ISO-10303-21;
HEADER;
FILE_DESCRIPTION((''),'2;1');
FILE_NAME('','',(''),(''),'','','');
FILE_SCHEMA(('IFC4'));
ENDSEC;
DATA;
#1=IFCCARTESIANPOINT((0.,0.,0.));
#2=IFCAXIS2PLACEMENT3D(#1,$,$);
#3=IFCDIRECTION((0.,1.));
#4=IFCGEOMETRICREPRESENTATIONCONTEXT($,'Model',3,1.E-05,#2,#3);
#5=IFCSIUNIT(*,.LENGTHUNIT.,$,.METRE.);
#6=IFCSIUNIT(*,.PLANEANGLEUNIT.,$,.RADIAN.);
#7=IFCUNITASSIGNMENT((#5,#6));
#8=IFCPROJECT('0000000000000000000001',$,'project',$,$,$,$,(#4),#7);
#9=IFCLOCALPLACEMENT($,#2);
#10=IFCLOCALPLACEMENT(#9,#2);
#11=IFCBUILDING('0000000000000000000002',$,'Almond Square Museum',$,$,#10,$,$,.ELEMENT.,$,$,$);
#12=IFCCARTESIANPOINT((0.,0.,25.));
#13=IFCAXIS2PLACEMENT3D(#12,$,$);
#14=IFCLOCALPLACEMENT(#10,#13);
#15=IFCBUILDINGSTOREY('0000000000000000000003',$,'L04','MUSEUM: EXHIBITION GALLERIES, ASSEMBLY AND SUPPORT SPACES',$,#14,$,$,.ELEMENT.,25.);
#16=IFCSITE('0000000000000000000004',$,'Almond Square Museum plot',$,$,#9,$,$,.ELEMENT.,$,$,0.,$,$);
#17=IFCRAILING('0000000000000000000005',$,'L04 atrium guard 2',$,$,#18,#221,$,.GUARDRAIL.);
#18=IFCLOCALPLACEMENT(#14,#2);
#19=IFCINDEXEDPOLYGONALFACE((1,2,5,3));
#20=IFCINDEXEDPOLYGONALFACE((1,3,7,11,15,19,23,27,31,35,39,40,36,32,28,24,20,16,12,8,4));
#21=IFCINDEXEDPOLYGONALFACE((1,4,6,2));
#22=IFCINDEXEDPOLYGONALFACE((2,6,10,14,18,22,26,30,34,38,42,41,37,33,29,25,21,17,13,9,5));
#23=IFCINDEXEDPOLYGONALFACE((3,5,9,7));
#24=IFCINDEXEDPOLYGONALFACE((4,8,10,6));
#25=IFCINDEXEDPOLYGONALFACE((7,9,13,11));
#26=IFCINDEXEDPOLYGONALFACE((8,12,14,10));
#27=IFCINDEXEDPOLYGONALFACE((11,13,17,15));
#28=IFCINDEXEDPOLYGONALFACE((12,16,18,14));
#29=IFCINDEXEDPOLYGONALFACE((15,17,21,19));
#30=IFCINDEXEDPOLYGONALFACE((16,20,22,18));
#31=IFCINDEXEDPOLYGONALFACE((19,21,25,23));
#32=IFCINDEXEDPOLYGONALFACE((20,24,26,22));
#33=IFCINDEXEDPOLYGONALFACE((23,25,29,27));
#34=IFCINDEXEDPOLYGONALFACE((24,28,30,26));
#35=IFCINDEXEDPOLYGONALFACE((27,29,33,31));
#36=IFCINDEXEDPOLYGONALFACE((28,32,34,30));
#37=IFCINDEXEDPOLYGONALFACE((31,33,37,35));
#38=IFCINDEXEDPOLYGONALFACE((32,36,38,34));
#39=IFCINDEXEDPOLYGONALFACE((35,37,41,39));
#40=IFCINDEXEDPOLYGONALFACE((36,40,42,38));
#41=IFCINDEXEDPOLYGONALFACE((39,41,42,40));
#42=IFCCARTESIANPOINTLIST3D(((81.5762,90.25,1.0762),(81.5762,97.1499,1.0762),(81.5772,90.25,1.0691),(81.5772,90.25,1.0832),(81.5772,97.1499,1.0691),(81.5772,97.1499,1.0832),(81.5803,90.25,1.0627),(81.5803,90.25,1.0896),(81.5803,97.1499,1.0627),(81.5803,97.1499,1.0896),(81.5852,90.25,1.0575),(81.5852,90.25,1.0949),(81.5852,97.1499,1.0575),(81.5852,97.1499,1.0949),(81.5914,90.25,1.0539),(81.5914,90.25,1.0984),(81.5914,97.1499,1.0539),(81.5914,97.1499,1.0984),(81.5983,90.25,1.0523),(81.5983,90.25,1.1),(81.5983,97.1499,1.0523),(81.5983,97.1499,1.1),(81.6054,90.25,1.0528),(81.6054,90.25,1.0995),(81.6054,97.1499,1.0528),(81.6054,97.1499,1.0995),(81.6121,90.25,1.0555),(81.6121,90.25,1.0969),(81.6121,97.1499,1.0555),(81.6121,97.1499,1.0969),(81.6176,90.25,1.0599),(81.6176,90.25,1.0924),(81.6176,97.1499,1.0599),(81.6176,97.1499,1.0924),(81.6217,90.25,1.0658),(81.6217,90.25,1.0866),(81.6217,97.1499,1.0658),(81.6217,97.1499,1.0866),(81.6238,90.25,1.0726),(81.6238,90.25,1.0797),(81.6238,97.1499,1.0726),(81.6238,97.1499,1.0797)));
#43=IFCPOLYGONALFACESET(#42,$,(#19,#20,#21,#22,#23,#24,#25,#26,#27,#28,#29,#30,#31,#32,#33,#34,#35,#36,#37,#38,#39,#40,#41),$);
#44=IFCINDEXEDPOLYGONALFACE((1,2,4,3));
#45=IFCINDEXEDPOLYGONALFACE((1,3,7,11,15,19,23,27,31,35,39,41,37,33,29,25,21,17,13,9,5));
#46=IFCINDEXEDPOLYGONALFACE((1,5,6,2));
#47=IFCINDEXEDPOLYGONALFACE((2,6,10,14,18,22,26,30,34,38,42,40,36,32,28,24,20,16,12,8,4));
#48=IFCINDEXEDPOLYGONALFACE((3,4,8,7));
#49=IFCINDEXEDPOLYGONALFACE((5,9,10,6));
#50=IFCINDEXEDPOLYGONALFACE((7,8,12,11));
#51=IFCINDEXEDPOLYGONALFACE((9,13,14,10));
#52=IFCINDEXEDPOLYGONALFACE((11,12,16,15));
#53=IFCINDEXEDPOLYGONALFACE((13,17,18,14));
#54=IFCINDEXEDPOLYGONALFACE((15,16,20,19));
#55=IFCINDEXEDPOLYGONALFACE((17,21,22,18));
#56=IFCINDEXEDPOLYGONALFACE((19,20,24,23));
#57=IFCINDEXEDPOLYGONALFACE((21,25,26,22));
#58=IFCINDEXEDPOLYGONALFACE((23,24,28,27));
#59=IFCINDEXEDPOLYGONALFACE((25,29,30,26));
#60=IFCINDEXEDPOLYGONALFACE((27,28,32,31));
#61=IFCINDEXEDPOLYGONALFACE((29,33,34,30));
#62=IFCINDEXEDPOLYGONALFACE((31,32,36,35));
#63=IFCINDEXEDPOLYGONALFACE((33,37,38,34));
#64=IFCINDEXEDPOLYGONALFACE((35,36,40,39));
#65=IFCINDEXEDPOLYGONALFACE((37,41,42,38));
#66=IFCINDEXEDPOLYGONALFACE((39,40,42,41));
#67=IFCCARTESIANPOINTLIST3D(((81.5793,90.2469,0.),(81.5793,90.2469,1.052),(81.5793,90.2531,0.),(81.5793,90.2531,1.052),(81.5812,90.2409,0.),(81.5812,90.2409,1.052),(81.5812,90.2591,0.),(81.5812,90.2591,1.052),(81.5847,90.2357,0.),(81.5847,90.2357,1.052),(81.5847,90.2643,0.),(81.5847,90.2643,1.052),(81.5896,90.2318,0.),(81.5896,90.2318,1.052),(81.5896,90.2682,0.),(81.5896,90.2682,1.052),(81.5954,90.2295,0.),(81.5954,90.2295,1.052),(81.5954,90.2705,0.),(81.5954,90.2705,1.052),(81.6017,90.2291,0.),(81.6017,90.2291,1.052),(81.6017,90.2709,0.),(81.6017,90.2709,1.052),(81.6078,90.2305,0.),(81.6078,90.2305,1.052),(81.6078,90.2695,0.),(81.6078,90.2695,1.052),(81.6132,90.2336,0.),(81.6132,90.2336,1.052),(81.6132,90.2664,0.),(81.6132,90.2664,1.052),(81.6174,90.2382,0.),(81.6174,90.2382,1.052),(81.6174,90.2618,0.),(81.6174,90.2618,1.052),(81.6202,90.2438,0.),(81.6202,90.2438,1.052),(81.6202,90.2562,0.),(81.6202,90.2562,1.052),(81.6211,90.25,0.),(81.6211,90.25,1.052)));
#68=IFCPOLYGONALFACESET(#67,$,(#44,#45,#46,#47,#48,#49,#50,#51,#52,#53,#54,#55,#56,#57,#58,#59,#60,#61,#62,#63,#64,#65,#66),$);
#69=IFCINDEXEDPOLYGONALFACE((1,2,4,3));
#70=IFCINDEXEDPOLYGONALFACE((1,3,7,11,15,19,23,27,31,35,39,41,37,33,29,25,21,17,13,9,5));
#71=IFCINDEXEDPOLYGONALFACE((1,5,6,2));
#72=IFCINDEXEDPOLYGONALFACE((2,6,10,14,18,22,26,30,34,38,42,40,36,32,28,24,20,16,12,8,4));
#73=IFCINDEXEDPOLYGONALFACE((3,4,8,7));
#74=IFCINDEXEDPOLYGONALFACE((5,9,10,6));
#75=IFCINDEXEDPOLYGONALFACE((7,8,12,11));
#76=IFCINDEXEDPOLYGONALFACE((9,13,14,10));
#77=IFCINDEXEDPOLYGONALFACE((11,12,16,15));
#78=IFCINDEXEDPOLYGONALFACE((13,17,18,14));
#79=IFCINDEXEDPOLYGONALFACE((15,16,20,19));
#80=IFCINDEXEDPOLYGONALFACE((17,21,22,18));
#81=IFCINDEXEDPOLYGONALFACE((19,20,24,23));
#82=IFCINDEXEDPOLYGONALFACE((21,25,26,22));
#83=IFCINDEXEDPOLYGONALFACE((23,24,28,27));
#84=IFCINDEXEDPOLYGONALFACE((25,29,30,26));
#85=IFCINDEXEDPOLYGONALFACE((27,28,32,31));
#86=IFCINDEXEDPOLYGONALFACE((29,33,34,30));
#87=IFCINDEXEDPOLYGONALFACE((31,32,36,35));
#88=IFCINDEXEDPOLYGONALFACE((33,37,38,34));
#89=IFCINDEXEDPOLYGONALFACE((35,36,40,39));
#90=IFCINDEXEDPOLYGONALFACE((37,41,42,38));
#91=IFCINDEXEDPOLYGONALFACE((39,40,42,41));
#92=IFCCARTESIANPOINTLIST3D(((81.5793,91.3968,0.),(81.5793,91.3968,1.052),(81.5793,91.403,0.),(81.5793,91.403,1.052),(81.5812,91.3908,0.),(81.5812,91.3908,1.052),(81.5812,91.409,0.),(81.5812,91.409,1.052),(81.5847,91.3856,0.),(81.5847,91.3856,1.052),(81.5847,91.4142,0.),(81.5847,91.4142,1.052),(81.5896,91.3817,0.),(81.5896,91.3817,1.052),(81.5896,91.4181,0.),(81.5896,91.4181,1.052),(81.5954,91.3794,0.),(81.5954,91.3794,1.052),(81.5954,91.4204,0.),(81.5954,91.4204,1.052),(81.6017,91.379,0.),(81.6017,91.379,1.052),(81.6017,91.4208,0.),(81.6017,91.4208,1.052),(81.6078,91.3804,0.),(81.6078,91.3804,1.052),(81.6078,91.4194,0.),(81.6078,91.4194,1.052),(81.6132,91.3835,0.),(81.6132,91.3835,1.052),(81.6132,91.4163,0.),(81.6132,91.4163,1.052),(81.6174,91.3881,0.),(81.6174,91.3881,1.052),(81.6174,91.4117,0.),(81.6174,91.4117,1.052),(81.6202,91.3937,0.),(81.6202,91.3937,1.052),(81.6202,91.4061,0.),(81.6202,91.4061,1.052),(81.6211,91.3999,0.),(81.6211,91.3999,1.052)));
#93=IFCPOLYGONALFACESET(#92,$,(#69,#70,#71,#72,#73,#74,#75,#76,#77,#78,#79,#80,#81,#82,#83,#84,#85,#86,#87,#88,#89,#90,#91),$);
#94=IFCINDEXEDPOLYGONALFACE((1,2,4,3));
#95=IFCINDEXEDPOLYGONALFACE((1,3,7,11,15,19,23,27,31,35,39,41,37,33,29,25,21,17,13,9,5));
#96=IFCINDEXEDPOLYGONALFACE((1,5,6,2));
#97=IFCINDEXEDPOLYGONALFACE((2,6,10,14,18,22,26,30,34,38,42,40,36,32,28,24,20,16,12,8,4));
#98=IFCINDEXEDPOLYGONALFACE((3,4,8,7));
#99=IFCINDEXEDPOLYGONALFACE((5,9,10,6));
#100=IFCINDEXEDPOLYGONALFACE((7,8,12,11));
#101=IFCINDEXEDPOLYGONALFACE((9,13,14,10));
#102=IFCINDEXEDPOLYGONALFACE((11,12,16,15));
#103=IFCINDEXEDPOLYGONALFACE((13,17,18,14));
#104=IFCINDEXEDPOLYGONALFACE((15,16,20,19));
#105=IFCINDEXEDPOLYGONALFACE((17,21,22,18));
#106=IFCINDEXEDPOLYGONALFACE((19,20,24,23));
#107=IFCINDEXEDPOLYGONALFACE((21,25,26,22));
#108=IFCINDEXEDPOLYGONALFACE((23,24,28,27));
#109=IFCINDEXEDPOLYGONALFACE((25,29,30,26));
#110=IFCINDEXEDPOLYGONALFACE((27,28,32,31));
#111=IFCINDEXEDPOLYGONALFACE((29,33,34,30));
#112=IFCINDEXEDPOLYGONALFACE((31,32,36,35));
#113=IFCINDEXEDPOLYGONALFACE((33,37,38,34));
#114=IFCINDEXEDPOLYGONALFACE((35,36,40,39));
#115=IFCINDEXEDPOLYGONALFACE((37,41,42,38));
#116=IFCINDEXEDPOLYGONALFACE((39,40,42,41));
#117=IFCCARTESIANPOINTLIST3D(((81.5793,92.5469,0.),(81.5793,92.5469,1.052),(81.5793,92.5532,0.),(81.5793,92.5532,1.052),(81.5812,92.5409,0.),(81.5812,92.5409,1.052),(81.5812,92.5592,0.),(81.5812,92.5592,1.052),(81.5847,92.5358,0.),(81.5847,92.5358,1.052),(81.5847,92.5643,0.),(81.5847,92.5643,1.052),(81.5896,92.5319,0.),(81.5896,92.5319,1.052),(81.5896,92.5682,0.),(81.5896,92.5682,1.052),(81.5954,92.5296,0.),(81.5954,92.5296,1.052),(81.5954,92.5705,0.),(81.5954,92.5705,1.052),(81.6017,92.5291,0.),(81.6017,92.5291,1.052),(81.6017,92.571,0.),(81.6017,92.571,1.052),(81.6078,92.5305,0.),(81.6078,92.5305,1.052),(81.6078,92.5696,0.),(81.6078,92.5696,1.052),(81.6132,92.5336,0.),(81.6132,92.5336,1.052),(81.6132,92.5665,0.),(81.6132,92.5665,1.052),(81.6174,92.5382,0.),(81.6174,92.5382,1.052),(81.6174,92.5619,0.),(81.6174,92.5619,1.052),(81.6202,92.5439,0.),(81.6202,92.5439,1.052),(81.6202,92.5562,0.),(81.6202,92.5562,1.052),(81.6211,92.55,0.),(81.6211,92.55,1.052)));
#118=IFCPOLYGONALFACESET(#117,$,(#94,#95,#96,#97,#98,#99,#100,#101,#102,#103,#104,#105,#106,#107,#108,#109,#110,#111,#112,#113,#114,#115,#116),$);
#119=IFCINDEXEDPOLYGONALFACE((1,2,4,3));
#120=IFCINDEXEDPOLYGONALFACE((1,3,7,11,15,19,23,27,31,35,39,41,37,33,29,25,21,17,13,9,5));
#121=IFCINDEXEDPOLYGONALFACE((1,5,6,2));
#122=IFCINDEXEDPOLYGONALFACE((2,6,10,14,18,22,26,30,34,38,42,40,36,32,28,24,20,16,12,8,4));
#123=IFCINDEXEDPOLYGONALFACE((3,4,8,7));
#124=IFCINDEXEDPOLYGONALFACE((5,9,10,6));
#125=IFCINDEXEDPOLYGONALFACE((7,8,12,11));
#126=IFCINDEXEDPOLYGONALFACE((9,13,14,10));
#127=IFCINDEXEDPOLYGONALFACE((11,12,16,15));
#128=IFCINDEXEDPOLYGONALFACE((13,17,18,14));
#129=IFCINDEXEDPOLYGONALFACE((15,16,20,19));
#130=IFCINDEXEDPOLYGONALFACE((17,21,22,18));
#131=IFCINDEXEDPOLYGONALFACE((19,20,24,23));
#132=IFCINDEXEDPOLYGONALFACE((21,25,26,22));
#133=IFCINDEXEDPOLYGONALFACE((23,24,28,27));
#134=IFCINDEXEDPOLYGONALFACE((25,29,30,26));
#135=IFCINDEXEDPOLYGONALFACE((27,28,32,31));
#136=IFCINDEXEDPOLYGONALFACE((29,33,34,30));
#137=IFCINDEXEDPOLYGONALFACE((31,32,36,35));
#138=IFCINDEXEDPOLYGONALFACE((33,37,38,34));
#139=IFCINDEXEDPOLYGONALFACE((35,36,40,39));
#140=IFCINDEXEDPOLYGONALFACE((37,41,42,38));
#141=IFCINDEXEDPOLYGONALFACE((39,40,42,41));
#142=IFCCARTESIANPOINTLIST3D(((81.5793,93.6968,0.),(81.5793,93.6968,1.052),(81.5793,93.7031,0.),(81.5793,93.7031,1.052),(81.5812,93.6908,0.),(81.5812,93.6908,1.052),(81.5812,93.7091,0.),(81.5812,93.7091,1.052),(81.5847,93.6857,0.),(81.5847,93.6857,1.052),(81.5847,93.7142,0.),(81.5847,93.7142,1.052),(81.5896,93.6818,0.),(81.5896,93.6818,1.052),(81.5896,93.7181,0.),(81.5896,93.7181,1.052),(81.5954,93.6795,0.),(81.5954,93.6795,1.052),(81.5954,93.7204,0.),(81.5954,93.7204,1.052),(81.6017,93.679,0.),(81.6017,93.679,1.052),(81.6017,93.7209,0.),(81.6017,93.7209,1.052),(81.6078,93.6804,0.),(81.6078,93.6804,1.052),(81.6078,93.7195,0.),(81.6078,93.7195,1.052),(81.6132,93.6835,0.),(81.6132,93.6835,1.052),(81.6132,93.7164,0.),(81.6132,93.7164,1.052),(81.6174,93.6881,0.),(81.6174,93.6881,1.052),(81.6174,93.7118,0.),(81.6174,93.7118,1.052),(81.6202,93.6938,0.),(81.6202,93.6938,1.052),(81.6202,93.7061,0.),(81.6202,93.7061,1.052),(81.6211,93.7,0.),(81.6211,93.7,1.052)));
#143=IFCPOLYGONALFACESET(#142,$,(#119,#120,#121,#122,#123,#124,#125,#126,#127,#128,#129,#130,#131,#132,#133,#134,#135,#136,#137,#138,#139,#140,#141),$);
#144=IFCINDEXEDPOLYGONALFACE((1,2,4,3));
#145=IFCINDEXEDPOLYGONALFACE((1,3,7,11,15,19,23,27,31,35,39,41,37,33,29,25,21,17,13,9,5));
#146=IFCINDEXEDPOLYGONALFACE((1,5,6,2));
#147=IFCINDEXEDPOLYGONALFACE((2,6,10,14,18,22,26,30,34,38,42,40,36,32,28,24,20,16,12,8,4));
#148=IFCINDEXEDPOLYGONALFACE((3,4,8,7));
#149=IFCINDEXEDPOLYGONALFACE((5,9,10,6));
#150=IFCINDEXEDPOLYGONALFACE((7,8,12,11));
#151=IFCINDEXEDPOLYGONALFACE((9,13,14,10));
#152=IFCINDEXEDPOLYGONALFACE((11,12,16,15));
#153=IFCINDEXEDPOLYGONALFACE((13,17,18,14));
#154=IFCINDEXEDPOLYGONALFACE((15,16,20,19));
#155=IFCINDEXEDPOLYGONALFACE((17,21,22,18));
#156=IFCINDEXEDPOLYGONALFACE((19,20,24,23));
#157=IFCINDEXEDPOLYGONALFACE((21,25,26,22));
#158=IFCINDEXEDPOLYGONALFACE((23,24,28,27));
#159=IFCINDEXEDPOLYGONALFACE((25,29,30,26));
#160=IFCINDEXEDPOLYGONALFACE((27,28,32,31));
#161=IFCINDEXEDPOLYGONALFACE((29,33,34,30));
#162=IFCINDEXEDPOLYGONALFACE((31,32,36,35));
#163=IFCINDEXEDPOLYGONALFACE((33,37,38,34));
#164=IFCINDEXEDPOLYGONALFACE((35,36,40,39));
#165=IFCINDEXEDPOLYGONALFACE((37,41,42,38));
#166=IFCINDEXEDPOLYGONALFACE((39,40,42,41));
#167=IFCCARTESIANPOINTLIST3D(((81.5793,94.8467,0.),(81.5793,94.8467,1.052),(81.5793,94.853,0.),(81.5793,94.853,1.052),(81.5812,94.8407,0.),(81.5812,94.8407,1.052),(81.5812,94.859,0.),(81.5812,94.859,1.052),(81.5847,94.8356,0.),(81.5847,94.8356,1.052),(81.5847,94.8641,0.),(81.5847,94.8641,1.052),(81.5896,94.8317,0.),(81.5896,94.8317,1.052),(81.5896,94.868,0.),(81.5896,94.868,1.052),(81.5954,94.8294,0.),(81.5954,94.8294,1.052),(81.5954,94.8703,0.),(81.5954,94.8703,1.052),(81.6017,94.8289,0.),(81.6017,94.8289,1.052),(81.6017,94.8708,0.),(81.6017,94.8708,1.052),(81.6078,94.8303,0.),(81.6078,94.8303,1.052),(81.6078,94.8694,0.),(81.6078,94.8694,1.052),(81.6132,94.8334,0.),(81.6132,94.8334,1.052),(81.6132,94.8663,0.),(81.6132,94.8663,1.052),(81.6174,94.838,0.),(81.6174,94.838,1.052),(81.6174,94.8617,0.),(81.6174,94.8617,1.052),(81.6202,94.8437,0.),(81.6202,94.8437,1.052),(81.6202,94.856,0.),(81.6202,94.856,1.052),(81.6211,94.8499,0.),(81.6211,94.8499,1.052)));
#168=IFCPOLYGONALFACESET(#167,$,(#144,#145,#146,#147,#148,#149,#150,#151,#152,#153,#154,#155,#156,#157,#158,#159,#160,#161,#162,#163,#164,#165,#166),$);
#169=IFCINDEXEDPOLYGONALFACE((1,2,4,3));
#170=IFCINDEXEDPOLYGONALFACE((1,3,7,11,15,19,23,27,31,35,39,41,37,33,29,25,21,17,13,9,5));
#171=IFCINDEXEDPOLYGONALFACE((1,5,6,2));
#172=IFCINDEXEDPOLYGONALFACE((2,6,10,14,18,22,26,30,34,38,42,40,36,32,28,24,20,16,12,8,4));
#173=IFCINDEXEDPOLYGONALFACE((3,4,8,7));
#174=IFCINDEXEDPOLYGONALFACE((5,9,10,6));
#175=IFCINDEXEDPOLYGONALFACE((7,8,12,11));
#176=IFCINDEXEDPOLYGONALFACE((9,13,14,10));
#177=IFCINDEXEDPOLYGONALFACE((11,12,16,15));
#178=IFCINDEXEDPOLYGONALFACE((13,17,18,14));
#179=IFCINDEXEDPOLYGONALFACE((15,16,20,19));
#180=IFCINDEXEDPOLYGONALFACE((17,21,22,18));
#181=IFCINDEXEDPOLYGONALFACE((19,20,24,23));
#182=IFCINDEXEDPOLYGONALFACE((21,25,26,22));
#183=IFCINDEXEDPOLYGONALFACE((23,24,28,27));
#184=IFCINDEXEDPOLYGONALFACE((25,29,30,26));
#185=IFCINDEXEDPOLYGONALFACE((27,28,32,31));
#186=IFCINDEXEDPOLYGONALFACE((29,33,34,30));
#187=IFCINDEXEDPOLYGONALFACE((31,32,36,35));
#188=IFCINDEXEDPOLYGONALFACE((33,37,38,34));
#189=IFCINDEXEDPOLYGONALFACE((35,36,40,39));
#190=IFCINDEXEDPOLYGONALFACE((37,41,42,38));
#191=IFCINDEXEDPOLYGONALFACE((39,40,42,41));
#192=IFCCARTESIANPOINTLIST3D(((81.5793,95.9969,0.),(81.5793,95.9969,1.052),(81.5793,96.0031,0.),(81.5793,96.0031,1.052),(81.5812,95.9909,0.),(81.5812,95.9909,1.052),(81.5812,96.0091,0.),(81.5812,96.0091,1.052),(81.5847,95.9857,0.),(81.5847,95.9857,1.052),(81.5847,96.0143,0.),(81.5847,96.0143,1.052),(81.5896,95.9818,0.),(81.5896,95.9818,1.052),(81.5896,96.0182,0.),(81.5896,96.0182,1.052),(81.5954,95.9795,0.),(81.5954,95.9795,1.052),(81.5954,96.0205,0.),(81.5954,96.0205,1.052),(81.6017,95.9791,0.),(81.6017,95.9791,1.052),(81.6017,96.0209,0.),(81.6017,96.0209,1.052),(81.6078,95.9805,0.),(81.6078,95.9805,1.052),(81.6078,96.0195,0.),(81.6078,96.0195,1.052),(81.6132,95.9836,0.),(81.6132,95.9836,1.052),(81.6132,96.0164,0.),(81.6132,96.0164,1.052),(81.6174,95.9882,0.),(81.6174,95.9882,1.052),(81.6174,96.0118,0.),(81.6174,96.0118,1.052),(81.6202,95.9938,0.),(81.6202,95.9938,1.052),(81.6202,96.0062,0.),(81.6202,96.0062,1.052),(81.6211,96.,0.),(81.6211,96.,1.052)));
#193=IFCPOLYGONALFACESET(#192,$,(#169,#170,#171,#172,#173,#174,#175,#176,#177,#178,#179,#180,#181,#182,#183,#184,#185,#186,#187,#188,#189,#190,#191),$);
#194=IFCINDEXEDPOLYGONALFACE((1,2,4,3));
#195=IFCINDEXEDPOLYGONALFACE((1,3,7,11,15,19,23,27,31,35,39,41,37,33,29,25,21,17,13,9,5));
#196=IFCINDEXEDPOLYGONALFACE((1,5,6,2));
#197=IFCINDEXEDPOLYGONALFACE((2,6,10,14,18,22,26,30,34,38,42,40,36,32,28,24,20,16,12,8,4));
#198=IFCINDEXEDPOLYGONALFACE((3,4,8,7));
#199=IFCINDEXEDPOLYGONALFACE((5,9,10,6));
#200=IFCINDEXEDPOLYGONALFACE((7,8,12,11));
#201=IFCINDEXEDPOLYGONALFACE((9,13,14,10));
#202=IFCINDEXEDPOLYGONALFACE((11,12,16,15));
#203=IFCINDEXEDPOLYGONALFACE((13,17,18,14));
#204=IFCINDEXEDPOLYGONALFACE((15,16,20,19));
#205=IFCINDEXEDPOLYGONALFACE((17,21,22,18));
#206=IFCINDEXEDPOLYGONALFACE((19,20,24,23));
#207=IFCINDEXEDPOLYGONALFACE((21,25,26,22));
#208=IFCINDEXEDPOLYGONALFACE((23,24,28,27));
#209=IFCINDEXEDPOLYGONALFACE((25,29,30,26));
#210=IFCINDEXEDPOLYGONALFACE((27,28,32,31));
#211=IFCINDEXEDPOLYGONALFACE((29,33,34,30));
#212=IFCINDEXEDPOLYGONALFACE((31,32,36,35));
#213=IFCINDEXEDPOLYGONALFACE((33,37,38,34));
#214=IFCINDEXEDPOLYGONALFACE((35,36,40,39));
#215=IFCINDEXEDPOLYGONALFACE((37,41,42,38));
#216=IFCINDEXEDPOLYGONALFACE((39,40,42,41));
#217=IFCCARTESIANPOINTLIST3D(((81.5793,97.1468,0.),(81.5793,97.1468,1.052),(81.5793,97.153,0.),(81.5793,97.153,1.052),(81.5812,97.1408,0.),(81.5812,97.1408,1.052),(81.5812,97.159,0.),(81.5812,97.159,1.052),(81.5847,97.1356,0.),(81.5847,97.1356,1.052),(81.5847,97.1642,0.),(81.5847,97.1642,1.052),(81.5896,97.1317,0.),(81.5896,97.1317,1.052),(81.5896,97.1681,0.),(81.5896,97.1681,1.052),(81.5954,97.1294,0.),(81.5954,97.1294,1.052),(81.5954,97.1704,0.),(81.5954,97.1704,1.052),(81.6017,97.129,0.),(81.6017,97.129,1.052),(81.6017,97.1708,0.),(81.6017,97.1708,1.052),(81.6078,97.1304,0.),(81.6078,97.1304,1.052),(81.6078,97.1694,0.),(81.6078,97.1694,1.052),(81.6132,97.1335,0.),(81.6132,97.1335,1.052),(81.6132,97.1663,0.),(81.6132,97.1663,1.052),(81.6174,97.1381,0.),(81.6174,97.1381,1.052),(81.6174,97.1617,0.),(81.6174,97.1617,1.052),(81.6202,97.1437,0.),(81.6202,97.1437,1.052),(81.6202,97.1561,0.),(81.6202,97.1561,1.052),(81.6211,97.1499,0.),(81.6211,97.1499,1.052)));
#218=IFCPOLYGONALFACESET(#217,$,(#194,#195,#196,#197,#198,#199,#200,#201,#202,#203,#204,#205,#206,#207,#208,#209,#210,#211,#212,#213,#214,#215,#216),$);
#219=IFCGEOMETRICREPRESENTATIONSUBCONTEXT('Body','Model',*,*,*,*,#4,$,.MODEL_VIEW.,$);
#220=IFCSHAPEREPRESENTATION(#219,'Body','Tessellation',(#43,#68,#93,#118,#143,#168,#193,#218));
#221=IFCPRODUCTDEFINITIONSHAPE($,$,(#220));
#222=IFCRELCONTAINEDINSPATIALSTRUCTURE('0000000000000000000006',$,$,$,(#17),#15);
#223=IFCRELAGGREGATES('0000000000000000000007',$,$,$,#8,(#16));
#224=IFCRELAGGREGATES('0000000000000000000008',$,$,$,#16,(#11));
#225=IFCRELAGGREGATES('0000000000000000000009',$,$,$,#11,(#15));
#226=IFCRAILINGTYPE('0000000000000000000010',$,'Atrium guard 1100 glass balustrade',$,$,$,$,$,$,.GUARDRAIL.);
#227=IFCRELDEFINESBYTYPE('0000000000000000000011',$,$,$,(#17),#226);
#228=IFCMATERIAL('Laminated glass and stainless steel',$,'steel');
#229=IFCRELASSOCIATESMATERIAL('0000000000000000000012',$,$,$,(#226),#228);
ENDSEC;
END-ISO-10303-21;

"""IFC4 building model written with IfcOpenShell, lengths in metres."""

from ifc_helpers import new_model, si_unit, direction, frame, origin, origin_2d, place, context, subcontext, project, spatial, circle, extrude, material, type_object, element, save


model = new_model("IFC4")

# Units and contexts
model_context = context("Model", 3, precision=1e-05, world=origin(), true_north=direction((0.0, 1.0)))
body_context = subcontext(model_context, "Body", "Model", "MODEL_VIEW")
ifc_project = project(units=[si_unit("LENGTHUNIT", "METRE"), si_unit("PLANEANGLEUNIT", "RADIAN")], contexts=[model_context])

# Site, building, storey
site_placement = place(None, origin())
site = spatial("IfcSite", under=ifc_project, at=site_placement, Name="Almond Square Museum plot", CompositionType="ELEMENT", RefElevation=0.0)
building_placement = place(site_placement, origin())
building = spatial("IfcBuilding", under=site, at=building_placement, Name="Almond Square Museum", CompositionType="ELEMENT")
storey_placement = place(building_placement, frame((0.0, 0.0, 25.0)))
storey = spatial("IfcBuildingStorey", under=building, at=storey_placement, Name="L04", Description="MUSEUM: EXHIBITION GALLERIES, ASSEMBLY AND SUPPORT SPACES", CompositionType="ELEMENT", Elevation=25.0)

# Railing
ifc_material_1 = material(Name="Laminated glass and stainless steel", Category="steel")
railing_type_1 = type_object("IfcRailingType", Name="Atrium guard 1100 glass balustrade", PredefinedType="GUARDRAIL", material=ifc_material_1)
railing_1_placement = place(storey_placement, frame((81.6001, 90.25, 0.0)))
element("IfcRailing", 1, at=railing_1_placement, inside=storey, type_object=railing_type_1, Name="L04 atrium guard 2", PredefinedType="GUARDRAIL", context=body_context, shape_type="SweptSolid", body=[
    extrude(circle(Radius=0.0239, at=origin_2d()), frame((0.0, 0.0, 1.0762), z_axis=(0.0, 1.0, 0.0), x_axis=(-1.0, 0.0, 0.0)), (0.0, 0.0, 1.0), 6.8999),
    extrude(circle(Radius=0.021, at=origin_2d()), origin(), (0.0, 0.0, 1.0), 1.052),
    extrude(circle(Radius=0.021, at=origin_2d()), frame((0.0, 1.1499, 0.0)), (0.0, 0.0, 1.0), 1.052),
    extrude(circle(Radius=0.021, at=origin_2d()), frame((0.0, 2.3, 0.0)), (0.0, 0.0, 1.0), 1.052),
    extrude(circle(Radius=0.021, at=origin_2d()), frame((0.0, 3.45, 0.0)), (0.0, 0.0, 1.0), 1.052),
    extrude(circle(Radius=0.021, at=origin_2d()), frame((0.0, 4.5999, 0.0)), (0.0, 0.0, 1.0), 1.052),
    extrude(circle(Radius=0.021, at=origin_2d()), frame((0.0, 5.75, 0.0)), (0.0, 0.0, 1.0), 1.052),
    extrude(circle(Radius=0.021, at=origin_2d()), frame((0.0, 6.8999, 0.0)), (0.0, 0.0, 1.0), 1.052),
])

save(model, "model.ifc")
